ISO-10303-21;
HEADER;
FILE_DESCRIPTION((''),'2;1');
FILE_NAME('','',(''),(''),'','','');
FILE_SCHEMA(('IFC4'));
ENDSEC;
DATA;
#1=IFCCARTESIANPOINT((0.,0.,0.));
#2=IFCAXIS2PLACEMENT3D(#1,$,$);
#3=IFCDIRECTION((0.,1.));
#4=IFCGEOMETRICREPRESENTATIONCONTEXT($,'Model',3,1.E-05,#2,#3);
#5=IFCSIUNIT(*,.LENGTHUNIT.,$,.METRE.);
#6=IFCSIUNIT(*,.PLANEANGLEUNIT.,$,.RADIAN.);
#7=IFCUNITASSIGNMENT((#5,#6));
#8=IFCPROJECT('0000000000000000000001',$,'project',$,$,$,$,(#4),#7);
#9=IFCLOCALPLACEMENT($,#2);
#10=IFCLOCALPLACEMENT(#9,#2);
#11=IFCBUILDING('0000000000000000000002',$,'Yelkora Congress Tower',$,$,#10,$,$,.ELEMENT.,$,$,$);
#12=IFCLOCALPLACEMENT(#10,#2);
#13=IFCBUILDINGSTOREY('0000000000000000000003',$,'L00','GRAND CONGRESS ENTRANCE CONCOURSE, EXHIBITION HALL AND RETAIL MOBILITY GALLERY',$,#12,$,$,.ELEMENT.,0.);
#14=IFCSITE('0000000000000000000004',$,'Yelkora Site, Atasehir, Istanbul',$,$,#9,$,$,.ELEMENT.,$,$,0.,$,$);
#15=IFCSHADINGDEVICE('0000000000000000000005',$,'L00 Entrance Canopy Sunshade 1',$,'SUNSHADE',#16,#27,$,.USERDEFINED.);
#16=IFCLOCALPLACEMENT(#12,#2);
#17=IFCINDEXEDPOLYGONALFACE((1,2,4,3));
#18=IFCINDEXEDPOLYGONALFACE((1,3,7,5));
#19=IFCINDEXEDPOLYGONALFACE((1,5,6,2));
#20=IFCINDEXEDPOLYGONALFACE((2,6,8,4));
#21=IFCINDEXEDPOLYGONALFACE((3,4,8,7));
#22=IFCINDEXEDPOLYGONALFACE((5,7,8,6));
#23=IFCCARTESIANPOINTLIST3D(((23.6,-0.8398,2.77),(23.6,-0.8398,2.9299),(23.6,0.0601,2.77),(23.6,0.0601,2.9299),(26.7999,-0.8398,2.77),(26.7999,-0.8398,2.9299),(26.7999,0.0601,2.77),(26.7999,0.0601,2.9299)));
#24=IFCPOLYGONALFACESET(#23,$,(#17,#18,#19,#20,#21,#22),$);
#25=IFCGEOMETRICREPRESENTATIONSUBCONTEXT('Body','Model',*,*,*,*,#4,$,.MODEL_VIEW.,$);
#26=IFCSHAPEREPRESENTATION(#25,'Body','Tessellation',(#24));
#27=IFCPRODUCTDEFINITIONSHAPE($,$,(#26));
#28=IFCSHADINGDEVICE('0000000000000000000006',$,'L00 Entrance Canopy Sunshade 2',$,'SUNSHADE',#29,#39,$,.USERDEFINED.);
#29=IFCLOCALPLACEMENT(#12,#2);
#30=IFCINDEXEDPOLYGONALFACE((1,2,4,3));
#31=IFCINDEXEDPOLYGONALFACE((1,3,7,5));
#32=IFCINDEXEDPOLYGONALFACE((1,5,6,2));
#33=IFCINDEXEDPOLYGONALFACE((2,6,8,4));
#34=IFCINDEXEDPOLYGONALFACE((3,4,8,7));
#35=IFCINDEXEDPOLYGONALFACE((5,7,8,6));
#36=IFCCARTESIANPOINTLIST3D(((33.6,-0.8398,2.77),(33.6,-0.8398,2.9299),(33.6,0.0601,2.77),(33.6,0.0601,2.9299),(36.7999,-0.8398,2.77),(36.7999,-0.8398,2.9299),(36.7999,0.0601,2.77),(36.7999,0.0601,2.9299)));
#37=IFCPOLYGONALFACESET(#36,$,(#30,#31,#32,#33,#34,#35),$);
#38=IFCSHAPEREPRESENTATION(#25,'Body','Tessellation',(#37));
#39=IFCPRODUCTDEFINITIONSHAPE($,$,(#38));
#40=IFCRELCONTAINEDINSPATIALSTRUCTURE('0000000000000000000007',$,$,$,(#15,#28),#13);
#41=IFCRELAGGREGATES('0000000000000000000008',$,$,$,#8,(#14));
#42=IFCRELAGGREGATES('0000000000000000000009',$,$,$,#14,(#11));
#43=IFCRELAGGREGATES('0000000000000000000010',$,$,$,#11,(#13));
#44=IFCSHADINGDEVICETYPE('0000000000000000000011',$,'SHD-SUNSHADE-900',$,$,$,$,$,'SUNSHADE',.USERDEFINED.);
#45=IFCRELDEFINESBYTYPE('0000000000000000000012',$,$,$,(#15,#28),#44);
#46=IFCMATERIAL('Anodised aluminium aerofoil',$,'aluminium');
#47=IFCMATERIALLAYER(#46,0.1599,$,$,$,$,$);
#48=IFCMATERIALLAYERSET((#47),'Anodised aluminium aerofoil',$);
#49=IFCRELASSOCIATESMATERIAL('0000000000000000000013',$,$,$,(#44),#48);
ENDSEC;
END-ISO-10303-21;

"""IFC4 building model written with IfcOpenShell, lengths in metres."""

from ifc_helpers import new_model, si_unit, direction, frame, origin, origin_2d, place, context, subcontext, project, spatial, rectangle, extrude, material, layer, layer_set, type_object, element, save


model = new_model("IFC4")

# Units and contexts
model_context = context("Model", 3, precision=1e-05, world=origin(), true_north=direction((0.0, 1.0)))
body_context = subcontext(model_context, "Body", "Model", "MODEL_VIEW")
ifc_project = project(units=[si_unit("LENGTHUNIT", "METRE"), si_unit("PLANEANGLEUNIT", "RADIAN")], contexts=[model_context])

# Site, building, storey
site_placement = place(None, origin())
site = spatial("IfcSite", under=ifc_project, at=site_placement, Name="Yelkora Site, Atasehir, Istanbul", CompositionType="ELEMENT", RefElevation=0.0)
building_placement = place(site_placement, origin())
building = spatial("IfcBuilding", under=site, at=building_placement, Name="Yelkora Congress Tower", CompositionType="ELEMENT")
storey_placement = place(building_placement, origin())
storey = spatial("IfcBuildingStorey", under=building, at=storey_placement, Name="L00", Description="GRAND CONGRESS ENTRANCE CONCOURSE, EXHIBITION HALL AND RETAIL MOBILITY GALLERY", CompositionType="ELEMENT", Elevation=0.0)

# Shading devices
ifc_material_1 = material(Name="Anodised aluminium aerofoil", Category="aluminium")
ifc_layer_1 = layer(ifc_material_1, 0.1599)
ifc_layer_set_1 = layer_set([ifc_layer_1], Name="Anodised aluminium aerofoil")
shading_device_type = type_object("IfcShadingDeviceType", Name="SHD-SUNSHADE-900", ElementType="SUNSHADE", PredefinedType="USERDEFINED", material=ifc_layer_set_1)
for number, where, z_axis, x_axis, name in (
    (1, (25.2, -0.3899, 2.77), (0.0, 0.0, 1.0), (1.0, 0.0, 0.0), "L00 Entrance Canopy Sunshade 1"),
    (2, (35.2, -0.3899, 2.77), (0.0, 0.0, 1.0), (1.0, 0.0, 0.0), "L00 Entrance Canopy Sunshade 2"),
):
    element("IfcShadingDevice", number, at=place(storey_placement, frame(where, z_axis=z_axis, x_axis=x_axis)), inside=storey, type_object=shading_device_type, Name=name, ObjectType="SUNSHADE", PredefinedType="USERDEFINED", context=body_context, shape_type="SweptSolid", body=[
        extrude(rectangle(XDim=3.2, YDim=0.8999, at=origin_2d()), origin(), (0.0, 0.0, 1.0), 0.1599),
    ])

save(model, "model.ifc")
